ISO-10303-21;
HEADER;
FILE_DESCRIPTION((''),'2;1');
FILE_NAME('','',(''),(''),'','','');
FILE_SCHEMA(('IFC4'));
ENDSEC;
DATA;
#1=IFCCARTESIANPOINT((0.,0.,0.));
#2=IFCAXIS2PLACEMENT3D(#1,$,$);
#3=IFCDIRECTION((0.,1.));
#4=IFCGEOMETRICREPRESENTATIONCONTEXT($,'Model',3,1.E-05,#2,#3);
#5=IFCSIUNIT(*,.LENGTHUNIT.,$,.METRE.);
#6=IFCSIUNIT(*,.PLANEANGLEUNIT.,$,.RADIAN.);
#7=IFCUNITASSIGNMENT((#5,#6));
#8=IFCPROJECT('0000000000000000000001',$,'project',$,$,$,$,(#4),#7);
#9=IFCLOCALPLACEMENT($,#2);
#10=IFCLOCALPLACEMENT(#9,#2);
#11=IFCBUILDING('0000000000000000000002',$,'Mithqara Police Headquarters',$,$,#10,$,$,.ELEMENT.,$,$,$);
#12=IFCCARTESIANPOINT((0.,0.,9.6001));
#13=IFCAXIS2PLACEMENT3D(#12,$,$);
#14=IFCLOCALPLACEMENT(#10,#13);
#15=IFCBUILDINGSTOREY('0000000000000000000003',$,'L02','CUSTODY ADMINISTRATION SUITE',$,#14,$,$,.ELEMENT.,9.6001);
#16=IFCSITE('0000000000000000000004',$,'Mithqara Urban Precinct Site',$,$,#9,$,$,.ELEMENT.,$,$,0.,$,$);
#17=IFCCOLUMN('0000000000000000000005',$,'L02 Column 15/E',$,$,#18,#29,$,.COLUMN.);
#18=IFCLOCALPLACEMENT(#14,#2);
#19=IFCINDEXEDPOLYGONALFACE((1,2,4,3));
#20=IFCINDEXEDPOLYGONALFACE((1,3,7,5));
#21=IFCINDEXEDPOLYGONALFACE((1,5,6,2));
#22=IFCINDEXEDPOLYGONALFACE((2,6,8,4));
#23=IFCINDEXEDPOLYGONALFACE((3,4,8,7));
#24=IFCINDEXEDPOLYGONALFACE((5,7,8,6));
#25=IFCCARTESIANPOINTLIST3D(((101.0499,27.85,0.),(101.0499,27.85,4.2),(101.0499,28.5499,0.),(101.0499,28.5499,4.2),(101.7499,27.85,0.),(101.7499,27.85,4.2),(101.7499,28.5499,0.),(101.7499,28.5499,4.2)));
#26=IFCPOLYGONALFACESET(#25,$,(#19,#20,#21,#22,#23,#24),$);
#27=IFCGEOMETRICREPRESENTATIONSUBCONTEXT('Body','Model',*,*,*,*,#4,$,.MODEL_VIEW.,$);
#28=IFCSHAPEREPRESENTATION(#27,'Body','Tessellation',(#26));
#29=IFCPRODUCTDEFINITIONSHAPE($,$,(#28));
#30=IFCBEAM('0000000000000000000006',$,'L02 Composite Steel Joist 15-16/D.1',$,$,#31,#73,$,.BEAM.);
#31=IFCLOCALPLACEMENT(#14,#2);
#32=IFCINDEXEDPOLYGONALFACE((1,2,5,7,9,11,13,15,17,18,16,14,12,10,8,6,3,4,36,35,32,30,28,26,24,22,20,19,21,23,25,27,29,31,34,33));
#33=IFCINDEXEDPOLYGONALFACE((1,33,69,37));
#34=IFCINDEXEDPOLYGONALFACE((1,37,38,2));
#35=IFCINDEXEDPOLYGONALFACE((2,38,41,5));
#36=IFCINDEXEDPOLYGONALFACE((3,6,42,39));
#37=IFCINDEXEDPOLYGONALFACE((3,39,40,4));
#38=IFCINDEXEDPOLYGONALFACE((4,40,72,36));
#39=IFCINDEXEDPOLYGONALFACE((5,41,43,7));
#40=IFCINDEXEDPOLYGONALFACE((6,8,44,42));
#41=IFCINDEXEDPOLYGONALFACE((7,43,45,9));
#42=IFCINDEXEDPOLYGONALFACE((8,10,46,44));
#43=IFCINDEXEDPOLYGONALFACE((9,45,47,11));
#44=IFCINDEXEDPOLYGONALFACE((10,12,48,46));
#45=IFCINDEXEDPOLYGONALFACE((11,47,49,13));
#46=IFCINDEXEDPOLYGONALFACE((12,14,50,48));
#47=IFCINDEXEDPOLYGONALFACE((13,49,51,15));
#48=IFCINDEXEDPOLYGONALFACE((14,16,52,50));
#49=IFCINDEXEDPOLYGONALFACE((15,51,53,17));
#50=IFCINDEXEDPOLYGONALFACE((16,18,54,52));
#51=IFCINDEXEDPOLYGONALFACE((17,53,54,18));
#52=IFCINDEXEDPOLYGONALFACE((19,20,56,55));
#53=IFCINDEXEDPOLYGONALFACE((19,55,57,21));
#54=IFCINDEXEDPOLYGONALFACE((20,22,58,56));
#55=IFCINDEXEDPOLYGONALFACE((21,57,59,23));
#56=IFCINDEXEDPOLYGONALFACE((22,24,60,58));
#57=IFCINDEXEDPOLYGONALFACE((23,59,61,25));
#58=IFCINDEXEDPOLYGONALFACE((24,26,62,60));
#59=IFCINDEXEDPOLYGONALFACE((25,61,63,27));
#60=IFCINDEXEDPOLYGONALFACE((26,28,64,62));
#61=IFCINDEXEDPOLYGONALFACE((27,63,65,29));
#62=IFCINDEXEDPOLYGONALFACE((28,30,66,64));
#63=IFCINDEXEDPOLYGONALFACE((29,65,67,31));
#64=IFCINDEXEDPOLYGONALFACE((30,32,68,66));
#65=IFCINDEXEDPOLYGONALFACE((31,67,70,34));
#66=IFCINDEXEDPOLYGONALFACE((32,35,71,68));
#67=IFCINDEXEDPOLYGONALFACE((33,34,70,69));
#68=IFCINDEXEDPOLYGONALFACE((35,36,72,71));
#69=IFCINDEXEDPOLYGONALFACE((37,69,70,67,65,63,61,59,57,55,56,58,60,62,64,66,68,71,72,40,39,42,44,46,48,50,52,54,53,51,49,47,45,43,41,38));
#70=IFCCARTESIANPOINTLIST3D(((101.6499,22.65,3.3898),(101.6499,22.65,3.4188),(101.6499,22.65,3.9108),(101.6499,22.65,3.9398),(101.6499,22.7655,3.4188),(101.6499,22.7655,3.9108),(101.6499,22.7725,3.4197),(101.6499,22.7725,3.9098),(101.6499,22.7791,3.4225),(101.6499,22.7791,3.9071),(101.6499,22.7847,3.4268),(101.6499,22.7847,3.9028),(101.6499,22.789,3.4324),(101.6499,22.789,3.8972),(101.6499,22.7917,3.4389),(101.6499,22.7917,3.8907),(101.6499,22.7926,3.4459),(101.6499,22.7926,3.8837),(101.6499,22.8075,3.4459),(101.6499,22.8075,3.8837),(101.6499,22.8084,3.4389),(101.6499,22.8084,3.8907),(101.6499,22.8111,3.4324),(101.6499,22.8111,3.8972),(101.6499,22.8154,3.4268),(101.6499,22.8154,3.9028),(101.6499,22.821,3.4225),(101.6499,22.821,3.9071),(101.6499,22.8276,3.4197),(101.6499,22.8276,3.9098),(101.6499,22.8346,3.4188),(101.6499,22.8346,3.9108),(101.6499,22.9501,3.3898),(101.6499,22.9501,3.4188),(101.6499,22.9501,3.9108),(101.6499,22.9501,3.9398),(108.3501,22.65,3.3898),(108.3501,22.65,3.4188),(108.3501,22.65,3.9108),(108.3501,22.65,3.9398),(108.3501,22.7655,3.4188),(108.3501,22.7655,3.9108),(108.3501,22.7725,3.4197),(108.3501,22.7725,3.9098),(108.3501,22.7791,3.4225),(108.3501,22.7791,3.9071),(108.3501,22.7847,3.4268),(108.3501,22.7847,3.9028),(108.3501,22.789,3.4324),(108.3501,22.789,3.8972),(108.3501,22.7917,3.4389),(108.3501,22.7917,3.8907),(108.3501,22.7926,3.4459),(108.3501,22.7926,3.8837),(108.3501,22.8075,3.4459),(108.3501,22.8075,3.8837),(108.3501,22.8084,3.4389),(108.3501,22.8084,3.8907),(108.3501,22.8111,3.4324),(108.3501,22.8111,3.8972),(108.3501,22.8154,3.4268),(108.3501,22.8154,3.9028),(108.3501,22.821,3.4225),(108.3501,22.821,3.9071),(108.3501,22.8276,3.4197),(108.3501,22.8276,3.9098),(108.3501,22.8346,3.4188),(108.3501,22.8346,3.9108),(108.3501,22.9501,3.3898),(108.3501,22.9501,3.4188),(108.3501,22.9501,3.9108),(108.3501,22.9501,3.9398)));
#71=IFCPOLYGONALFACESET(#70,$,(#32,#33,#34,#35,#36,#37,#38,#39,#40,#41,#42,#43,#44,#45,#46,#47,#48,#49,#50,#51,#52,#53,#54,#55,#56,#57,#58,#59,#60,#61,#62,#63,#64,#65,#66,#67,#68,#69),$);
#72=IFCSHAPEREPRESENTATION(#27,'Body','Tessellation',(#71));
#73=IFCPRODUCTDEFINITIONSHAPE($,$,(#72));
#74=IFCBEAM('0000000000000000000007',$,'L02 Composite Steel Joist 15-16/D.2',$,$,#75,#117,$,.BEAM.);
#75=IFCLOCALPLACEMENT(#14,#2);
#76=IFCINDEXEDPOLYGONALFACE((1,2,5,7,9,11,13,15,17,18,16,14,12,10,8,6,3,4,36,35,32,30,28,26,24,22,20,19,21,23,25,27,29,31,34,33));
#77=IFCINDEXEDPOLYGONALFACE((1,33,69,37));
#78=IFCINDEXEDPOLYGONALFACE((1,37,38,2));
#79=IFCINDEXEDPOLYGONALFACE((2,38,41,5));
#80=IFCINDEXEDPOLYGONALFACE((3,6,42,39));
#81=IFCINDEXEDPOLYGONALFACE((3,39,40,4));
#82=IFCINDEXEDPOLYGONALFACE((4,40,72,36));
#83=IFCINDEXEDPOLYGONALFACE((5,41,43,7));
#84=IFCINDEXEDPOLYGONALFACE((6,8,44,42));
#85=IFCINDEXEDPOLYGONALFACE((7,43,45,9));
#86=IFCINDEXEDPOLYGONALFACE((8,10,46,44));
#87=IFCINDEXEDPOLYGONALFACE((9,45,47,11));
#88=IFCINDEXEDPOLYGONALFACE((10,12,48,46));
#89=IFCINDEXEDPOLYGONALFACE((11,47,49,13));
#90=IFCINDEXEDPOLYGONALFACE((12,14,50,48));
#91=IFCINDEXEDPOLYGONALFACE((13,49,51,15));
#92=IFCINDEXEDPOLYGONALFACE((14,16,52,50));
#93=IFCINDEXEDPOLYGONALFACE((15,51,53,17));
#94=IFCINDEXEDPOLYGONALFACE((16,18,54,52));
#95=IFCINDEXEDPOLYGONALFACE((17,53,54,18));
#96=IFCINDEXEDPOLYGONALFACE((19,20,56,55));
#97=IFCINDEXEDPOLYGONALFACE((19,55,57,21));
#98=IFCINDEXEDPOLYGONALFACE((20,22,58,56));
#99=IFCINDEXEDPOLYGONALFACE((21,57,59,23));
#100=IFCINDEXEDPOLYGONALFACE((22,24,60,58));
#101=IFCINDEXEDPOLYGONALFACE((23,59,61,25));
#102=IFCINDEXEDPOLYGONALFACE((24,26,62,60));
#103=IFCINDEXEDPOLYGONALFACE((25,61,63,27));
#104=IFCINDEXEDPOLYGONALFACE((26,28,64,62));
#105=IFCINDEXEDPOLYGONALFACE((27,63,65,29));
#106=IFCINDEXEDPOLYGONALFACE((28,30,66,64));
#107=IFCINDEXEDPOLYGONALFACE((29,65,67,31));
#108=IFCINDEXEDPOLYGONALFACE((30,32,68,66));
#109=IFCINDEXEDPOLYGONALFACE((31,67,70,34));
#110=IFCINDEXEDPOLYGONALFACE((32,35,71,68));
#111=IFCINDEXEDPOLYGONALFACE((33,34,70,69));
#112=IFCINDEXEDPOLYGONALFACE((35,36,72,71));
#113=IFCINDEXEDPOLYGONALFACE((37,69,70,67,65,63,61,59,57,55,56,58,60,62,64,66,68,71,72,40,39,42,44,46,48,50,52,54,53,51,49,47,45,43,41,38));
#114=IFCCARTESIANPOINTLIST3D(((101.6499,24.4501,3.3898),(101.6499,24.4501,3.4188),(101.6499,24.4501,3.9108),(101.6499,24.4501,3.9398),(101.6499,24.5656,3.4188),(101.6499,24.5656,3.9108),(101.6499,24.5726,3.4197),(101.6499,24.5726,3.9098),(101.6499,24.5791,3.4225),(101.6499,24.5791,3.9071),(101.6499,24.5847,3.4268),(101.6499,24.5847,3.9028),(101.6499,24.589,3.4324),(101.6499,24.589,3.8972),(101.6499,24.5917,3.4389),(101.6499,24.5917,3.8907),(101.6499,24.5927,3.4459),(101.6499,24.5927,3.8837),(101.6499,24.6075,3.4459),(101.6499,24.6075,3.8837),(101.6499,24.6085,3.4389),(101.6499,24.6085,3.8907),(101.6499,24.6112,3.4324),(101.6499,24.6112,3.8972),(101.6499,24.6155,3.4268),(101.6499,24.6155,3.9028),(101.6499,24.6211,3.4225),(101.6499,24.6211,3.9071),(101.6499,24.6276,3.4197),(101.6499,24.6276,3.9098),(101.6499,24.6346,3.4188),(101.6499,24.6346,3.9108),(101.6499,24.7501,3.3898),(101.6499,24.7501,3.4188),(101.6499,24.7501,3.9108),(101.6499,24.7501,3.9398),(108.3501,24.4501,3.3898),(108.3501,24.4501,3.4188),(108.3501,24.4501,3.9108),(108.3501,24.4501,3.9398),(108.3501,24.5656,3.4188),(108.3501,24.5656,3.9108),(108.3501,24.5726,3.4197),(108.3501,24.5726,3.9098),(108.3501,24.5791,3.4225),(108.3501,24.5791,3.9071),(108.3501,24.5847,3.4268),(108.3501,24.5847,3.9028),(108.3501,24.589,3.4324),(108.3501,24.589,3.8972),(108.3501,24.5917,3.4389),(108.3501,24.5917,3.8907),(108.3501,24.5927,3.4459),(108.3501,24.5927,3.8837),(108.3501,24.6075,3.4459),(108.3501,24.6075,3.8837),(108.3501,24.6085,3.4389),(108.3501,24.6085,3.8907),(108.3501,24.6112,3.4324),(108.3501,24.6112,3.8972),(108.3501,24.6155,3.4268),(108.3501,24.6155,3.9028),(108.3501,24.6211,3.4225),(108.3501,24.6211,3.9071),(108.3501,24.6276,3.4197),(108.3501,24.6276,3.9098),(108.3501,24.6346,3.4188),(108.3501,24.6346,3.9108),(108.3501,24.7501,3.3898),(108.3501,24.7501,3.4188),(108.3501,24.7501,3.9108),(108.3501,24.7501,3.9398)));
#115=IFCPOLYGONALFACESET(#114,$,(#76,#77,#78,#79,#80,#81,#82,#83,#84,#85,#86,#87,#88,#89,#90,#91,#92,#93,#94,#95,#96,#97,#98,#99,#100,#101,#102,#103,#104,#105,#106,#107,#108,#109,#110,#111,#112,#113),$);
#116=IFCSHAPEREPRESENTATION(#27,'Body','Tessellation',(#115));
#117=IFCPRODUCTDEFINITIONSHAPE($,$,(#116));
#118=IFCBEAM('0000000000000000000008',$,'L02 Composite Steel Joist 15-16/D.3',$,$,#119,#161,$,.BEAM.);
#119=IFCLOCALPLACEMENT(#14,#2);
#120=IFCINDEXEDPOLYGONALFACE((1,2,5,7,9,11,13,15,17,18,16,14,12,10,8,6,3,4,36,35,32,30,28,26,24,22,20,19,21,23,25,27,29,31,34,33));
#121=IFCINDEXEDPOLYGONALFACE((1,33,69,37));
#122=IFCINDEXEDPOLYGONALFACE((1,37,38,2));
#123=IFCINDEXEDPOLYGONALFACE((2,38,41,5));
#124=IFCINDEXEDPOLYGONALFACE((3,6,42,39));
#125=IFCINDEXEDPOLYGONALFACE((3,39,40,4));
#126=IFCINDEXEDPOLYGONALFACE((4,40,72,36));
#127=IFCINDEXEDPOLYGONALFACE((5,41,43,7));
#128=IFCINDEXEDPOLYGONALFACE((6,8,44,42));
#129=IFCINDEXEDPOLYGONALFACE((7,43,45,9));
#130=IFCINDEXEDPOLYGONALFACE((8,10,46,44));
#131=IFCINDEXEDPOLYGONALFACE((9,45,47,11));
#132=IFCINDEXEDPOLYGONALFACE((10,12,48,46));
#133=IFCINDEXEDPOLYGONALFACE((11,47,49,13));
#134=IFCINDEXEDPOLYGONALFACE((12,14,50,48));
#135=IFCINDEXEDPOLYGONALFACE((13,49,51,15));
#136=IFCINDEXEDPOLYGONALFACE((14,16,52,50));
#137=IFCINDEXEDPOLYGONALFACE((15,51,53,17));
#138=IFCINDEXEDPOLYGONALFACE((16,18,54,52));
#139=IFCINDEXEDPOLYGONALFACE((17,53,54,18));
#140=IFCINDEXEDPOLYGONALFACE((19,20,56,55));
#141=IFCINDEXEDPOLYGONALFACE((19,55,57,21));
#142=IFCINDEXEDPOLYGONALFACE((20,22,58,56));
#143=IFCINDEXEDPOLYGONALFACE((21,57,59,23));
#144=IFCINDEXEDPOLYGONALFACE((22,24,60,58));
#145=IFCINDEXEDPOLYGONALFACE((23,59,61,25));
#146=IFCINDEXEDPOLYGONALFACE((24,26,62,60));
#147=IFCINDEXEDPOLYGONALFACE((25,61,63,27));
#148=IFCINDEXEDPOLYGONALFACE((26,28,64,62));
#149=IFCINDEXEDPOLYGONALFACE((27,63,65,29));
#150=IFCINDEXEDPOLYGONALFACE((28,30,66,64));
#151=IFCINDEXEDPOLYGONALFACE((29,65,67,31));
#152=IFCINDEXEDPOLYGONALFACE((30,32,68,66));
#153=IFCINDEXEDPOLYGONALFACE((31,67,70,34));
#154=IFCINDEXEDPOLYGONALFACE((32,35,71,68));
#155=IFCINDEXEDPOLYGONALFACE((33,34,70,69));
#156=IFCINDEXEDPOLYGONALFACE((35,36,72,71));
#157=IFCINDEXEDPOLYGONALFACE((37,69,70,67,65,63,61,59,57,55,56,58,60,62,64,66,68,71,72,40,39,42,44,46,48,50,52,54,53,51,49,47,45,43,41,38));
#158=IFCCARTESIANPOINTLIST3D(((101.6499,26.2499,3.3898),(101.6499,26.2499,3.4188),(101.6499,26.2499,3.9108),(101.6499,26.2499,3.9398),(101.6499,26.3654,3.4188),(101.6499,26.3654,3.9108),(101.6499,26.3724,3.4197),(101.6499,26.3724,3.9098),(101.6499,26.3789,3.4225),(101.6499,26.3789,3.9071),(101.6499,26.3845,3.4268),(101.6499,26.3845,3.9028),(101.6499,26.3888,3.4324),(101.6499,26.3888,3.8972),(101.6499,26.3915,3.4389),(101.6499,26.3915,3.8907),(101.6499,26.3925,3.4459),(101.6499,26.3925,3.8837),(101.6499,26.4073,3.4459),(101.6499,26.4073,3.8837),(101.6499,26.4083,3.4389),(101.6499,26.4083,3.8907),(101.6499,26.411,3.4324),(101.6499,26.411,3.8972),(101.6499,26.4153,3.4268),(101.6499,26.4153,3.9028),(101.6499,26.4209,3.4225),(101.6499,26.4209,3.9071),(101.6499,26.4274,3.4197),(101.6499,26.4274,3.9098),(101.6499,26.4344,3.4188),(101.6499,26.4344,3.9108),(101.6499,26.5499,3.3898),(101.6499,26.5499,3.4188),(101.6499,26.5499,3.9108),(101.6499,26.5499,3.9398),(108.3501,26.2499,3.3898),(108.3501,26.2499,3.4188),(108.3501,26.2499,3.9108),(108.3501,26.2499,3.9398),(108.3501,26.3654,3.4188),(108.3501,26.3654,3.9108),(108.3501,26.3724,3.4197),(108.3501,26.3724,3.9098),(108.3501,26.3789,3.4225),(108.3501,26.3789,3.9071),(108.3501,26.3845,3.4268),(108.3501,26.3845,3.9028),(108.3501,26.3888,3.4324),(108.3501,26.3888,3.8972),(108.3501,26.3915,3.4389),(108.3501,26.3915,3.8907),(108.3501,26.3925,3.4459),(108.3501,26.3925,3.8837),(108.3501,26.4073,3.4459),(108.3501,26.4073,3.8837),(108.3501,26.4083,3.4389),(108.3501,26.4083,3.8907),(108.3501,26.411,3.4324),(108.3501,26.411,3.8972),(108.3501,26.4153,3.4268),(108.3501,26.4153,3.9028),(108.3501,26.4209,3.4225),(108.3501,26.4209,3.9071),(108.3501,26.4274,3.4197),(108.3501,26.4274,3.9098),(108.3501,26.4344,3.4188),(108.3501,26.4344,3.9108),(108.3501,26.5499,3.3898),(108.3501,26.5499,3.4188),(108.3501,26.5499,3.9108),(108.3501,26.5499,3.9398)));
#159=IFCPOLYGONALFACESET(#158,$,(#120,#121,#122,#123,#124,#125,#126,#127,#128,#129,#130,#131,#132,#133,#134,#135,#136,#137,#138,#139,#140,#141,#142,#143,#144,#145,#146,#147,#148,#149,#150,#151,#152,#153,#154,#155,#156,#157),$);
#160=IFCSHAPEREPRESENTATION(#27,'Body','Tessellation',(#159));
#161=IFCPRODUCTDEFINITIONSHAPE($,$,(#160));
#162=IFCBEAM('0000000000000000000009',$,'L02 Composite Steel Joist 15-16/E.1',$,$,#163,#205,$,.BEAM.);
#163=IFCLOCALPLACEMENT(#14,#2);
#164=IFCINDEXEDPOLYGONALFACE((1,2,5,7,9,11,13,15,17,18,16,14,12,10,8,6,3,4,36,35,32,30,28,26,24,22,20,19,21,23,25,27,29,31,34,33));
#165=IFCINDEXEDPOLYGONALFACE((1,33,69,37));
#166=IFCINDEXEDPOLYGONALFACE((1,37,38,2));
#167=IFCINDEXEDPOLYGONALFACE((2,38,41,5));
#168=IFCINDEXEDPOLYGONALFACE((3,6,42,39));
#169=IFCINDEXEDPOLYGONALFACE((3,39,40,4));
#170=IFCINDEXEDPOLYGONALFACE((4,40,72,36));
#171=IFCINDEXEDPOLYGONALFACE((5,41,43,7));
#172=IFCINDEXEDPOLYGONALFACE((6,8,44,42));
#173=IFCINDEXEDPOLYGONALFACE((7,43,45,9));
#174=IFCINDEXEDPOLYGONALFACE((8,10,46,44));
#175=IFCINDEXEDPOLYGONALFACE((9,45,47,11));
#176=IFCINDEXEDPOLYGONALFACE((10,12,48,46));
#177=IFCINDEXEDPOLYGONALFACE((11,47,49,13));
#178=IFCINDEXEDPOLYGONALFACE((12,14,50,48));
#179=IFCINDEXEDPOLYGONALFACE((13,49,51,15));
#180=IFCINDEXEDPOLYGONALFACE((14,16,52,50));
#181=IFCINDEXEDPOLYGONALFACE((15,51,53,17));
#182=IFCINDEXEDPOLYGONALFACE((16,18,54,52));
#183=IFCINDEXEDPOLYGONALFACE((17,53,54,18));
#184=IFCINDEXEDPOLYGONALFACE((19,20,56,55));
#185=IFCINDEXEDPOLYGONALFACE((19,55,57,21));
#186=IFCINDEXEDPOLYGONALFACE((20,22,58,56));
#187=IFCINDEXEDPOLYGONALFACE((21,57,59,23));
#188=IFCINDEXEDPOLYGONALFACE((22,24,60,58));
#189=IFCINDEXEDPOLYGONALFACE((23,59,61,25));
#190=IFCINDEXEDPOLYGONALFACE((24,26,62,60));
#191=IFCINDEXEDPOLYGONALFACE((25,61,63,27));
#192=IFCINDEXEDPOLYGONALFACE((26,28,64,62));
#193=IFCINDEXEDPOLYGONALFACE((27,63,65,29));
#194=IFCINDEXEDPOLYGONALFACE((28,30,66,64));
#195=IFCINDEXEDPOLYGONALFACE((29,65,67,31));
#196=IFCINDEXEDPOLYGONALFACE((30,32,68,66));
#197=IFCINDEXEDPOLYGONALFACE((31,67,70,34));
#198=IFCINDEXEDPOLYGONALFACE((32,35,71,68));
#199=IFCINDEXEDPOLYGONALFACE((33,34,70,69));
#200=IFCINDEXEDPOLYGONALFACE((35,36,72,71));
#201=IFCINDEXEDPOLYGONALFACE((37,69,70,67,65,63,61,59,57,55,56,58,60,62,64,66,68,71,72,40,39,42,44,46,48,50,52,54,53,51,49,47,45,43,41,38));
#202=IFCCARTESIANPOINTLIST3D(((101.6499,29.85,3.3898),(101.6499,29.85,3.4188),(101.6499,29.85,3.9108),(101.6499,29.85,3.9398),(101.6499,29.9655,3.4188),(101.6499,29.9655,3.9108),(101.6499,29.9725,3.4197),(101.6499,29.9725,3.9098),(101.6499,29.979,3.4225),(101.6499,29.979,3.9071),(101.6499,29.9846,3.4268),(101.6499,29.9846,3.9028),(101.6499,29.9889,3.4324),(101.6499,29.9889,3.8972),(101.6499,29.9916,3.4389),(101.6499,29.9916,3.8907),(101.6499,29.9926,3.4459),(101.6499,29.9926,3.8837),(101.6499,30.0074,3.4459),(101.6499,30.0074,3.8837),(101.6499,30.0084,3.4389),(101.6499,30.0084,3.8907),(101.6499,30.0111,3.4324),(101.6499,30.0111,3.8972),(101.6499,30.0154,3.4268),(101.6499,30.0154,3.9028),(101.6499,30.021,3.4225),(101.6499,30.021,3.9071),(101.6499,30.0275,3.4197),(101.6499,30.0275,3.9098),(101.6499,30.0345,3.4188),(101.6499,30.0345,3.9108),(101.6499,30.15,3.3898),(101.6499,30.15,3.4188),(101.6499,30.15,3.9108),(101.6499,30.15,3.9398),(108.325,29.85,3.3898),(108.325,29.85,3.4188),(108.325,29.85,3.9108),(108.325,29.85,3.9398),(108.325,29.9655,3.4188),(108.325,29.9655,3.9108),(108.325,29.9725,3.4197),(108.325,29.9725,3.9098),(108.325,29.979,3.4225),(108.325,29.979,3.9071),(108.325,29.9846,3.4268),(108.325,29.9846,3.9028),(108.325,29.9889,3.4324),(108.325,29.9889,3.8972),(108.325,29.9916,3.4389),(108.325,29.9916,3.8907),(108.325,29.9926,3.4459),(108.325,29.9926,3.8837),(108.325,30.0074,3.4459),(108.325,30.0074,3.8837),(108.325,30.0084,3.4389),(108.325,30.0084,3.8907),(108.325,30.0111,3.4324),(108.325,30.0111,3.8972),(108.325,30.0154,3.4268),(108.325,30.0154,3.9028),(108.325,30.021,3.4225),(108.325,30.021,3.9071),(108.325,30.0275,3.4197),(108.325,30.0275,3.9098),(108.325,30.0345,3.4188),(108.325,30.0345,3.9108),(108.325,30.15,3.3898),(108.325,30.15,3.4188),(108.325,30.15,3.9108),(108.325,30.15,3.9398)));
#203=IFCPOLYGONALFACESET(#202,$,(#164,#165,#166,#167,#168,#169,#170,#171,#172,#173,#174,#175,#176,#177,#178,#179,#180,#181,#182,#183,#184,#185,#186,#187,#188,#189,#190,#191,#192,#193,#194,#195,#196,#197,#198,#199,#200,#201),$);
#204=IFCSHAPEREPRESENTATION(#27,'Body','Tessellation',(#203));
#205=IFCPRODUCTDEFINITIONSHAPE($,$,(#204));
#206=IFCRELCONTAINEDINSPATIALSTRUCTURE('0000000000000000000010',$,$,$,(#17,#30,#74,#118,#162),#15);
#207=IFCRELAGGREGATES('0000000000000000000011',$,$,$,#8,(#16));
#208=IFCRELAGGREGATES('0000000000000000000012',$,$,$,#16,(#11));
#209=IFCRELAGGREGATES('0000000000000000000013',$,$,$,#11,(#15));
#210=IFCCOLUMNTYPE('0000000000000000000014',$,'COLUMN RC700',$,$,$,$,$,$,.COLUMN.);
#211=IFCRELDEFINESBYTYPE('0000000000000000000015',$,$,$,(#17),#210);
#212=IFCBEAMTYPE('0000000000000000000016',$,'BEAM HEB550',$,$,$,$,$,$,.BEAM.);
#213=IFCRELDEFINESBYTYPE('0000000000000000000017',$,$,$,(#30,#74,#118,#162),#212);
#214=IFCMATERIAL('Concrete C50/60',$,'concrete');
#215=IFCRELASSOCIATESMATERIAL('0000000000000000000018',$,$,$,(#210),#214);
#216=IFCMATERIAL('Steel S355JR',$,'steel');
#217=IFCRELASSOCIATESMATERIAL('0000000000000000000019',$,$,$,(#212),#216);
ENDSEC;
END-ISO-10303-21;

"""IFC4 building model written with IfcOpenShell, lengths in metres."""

from ifc_helpers import new_model, si_unit, direction, frame, origin, origin_2d, place, context, subcontext, project, spatial, rectangle, i_section, extrude, material, material_profile, profile_set, type_object, element, save


model = new_model("IFC4")

# Units and contexts
model_context = context("Model", 3, precision=1e-05, world=origin(), true_north=direction((0.0, 1.0)))
body_context = subcontext(model_context, "Body", "Model", "MODEL_VIEW")
ifc_project = project(units=[si_unit("LENGTHUNIT", "METRE"), si_unit("PLANEANGLEUNIT", "RADIAN")], contexts=[model_context])

# Site, building, storey
site_placement = place(None, origin())
site = spatial("IfcSite", under=ifc_project, at=site_placement, Name="Mithqara Urban Precinct Site", CompositionType="ELEMENT", RefElevation=0.0)
building_placement = place(site_placement, origin())
building = spatial("IfcBuilding", under=site, at=building_placement, Name="Mithqara Police Headquarters", CompositionType="ELEMENT")
storey_placement = place(building_placement, frame((0.0, 0.0, 9.6001)))
storey = spatial("IfcBuildingStorey", under=building, at=storey_placement, Name="L02", Description="CUSTODY ADMINISTRATION SUITE", CompositionType="ELEMENT", Elevation=9.6001)

# Column
ifc_material_1 = material(Name="Concrete C50/60", Category="concrete")
ifc_material_profile_1 = material_profile(ifc_material_1, rectangle(XDim=0.7, YDim=0.7, at=origin_2d()), Name="RC 700x700")
ifc_profile_set_1 = profile_set([ifc_material_profile_1], Name="Concrete C50/60")
column_type = type_object("IfcColumnType", Name="COLUMN RC700", PredefinedType="COLUMN", material=ifc_profile_set_1)
column_placement = place(storey_placement, frame((101.3999, 28.2, 0.0), z_axis=(0.0, 0.0, 1.0), x_axis=(1.0, 0.0, 0.0)))
element("IfcColumn", 1, at=column_placement, inside=storey, type_object=column_type, Name="L02 Column 15/E", PredefinedType="COLUMN", context=body_context, shape_type="SweptSolid", body=[
    extrude(rectangle(XDim=0.7, YDim=0.7, at=origin_2d()), origin(), (0.0, 0.0, 1.0), 4.2),
])

# Beams
ifc_material_2 = material(Name="Steel S355JR", Category="steel")
ifc_material_profile_2 = material_profile(ifc_material_2, i_section(OverallWidth=0.3, OverallDepth=0.55, WebThickness=0.0149, FlangeThickness=0.0291, FilletRadius=0.0271, at=origin_2d()), Name="HEB 550")
ifc_profile_set_2 = profile_set([ifc_material_profile_2], Name="Steel S355JR")
beam_type_1 = type_object("IfcBeamType", Name="BEAM HEB550", PredefinedType="BEAM", material=ifc_profile_set_2)
for number, where, z_axis, x_axis, name in (
    (2, (101.6499, 22.8, 3.6648), (1.0, 0.0, 0.0), (0.0, 1.0, 0.0), "L02 Composite Steel Joist 15-16/D.1"),
    (3, (101.6499, 24.6001, 3.6648), (1.0, 0.0, 0.0), (0.0, 1.0, 0.0), "L02 Composite Steel Joist 15-16/D.2"),
    (4, (101.6499, 26.3999, 3.6648), (1.0, 0.0, 0.0), (0.0, 1.0, 0.0), "L02 Composite Steel Joist 15-16/D.3"),
):
    element("IfcBeam", number, at=place(storey_placement, frame(where, z_axis=z_axis, x_axis=x_axis)), inside=storey, type_object=beam_type_1, Name=name, PredefinedType="BEAM", context=body_context, shape_type="SweptSolid", body=[
        extrude(i_section(OverallWidth=0.3, OverallDepth=0.55, WebThickness=0.0149, FlangeThickness=0.0291, FilletRadius=0.0271, at=origin_2d()), origin(), (0.0, 0.0, 1.0), 6.7002),
    ])
for number, where, z_axis, x_axis, name in (
    (5, (101.6499, 30.0, 3.6648), (1.0, 0.0, 0.0), (0.0, 1.0, 0.0), "L02 Composite Steel Joist 15-16/E.1"),
):
    element("IfcBeam", number, at=place(storey_placement, frame(where, z_axis=z_axis, x_axis=x_axis)), inside=storey, type_object=beam_type_1, Name=name, PredefinedType="BEAM", context=body_context, shape_type="SweptSolid", body=[
        extrude(i_section(OverallWidth=0.3, OverallDepth=0.55, WebThickness=0.0149, FlangeThickness=0.0291, FilletRadius=0.0271, at=origin_2d()), origin(), (0.0, 0.0, 1.0), 6.675),
    ])

save(model, "model.ifc")
